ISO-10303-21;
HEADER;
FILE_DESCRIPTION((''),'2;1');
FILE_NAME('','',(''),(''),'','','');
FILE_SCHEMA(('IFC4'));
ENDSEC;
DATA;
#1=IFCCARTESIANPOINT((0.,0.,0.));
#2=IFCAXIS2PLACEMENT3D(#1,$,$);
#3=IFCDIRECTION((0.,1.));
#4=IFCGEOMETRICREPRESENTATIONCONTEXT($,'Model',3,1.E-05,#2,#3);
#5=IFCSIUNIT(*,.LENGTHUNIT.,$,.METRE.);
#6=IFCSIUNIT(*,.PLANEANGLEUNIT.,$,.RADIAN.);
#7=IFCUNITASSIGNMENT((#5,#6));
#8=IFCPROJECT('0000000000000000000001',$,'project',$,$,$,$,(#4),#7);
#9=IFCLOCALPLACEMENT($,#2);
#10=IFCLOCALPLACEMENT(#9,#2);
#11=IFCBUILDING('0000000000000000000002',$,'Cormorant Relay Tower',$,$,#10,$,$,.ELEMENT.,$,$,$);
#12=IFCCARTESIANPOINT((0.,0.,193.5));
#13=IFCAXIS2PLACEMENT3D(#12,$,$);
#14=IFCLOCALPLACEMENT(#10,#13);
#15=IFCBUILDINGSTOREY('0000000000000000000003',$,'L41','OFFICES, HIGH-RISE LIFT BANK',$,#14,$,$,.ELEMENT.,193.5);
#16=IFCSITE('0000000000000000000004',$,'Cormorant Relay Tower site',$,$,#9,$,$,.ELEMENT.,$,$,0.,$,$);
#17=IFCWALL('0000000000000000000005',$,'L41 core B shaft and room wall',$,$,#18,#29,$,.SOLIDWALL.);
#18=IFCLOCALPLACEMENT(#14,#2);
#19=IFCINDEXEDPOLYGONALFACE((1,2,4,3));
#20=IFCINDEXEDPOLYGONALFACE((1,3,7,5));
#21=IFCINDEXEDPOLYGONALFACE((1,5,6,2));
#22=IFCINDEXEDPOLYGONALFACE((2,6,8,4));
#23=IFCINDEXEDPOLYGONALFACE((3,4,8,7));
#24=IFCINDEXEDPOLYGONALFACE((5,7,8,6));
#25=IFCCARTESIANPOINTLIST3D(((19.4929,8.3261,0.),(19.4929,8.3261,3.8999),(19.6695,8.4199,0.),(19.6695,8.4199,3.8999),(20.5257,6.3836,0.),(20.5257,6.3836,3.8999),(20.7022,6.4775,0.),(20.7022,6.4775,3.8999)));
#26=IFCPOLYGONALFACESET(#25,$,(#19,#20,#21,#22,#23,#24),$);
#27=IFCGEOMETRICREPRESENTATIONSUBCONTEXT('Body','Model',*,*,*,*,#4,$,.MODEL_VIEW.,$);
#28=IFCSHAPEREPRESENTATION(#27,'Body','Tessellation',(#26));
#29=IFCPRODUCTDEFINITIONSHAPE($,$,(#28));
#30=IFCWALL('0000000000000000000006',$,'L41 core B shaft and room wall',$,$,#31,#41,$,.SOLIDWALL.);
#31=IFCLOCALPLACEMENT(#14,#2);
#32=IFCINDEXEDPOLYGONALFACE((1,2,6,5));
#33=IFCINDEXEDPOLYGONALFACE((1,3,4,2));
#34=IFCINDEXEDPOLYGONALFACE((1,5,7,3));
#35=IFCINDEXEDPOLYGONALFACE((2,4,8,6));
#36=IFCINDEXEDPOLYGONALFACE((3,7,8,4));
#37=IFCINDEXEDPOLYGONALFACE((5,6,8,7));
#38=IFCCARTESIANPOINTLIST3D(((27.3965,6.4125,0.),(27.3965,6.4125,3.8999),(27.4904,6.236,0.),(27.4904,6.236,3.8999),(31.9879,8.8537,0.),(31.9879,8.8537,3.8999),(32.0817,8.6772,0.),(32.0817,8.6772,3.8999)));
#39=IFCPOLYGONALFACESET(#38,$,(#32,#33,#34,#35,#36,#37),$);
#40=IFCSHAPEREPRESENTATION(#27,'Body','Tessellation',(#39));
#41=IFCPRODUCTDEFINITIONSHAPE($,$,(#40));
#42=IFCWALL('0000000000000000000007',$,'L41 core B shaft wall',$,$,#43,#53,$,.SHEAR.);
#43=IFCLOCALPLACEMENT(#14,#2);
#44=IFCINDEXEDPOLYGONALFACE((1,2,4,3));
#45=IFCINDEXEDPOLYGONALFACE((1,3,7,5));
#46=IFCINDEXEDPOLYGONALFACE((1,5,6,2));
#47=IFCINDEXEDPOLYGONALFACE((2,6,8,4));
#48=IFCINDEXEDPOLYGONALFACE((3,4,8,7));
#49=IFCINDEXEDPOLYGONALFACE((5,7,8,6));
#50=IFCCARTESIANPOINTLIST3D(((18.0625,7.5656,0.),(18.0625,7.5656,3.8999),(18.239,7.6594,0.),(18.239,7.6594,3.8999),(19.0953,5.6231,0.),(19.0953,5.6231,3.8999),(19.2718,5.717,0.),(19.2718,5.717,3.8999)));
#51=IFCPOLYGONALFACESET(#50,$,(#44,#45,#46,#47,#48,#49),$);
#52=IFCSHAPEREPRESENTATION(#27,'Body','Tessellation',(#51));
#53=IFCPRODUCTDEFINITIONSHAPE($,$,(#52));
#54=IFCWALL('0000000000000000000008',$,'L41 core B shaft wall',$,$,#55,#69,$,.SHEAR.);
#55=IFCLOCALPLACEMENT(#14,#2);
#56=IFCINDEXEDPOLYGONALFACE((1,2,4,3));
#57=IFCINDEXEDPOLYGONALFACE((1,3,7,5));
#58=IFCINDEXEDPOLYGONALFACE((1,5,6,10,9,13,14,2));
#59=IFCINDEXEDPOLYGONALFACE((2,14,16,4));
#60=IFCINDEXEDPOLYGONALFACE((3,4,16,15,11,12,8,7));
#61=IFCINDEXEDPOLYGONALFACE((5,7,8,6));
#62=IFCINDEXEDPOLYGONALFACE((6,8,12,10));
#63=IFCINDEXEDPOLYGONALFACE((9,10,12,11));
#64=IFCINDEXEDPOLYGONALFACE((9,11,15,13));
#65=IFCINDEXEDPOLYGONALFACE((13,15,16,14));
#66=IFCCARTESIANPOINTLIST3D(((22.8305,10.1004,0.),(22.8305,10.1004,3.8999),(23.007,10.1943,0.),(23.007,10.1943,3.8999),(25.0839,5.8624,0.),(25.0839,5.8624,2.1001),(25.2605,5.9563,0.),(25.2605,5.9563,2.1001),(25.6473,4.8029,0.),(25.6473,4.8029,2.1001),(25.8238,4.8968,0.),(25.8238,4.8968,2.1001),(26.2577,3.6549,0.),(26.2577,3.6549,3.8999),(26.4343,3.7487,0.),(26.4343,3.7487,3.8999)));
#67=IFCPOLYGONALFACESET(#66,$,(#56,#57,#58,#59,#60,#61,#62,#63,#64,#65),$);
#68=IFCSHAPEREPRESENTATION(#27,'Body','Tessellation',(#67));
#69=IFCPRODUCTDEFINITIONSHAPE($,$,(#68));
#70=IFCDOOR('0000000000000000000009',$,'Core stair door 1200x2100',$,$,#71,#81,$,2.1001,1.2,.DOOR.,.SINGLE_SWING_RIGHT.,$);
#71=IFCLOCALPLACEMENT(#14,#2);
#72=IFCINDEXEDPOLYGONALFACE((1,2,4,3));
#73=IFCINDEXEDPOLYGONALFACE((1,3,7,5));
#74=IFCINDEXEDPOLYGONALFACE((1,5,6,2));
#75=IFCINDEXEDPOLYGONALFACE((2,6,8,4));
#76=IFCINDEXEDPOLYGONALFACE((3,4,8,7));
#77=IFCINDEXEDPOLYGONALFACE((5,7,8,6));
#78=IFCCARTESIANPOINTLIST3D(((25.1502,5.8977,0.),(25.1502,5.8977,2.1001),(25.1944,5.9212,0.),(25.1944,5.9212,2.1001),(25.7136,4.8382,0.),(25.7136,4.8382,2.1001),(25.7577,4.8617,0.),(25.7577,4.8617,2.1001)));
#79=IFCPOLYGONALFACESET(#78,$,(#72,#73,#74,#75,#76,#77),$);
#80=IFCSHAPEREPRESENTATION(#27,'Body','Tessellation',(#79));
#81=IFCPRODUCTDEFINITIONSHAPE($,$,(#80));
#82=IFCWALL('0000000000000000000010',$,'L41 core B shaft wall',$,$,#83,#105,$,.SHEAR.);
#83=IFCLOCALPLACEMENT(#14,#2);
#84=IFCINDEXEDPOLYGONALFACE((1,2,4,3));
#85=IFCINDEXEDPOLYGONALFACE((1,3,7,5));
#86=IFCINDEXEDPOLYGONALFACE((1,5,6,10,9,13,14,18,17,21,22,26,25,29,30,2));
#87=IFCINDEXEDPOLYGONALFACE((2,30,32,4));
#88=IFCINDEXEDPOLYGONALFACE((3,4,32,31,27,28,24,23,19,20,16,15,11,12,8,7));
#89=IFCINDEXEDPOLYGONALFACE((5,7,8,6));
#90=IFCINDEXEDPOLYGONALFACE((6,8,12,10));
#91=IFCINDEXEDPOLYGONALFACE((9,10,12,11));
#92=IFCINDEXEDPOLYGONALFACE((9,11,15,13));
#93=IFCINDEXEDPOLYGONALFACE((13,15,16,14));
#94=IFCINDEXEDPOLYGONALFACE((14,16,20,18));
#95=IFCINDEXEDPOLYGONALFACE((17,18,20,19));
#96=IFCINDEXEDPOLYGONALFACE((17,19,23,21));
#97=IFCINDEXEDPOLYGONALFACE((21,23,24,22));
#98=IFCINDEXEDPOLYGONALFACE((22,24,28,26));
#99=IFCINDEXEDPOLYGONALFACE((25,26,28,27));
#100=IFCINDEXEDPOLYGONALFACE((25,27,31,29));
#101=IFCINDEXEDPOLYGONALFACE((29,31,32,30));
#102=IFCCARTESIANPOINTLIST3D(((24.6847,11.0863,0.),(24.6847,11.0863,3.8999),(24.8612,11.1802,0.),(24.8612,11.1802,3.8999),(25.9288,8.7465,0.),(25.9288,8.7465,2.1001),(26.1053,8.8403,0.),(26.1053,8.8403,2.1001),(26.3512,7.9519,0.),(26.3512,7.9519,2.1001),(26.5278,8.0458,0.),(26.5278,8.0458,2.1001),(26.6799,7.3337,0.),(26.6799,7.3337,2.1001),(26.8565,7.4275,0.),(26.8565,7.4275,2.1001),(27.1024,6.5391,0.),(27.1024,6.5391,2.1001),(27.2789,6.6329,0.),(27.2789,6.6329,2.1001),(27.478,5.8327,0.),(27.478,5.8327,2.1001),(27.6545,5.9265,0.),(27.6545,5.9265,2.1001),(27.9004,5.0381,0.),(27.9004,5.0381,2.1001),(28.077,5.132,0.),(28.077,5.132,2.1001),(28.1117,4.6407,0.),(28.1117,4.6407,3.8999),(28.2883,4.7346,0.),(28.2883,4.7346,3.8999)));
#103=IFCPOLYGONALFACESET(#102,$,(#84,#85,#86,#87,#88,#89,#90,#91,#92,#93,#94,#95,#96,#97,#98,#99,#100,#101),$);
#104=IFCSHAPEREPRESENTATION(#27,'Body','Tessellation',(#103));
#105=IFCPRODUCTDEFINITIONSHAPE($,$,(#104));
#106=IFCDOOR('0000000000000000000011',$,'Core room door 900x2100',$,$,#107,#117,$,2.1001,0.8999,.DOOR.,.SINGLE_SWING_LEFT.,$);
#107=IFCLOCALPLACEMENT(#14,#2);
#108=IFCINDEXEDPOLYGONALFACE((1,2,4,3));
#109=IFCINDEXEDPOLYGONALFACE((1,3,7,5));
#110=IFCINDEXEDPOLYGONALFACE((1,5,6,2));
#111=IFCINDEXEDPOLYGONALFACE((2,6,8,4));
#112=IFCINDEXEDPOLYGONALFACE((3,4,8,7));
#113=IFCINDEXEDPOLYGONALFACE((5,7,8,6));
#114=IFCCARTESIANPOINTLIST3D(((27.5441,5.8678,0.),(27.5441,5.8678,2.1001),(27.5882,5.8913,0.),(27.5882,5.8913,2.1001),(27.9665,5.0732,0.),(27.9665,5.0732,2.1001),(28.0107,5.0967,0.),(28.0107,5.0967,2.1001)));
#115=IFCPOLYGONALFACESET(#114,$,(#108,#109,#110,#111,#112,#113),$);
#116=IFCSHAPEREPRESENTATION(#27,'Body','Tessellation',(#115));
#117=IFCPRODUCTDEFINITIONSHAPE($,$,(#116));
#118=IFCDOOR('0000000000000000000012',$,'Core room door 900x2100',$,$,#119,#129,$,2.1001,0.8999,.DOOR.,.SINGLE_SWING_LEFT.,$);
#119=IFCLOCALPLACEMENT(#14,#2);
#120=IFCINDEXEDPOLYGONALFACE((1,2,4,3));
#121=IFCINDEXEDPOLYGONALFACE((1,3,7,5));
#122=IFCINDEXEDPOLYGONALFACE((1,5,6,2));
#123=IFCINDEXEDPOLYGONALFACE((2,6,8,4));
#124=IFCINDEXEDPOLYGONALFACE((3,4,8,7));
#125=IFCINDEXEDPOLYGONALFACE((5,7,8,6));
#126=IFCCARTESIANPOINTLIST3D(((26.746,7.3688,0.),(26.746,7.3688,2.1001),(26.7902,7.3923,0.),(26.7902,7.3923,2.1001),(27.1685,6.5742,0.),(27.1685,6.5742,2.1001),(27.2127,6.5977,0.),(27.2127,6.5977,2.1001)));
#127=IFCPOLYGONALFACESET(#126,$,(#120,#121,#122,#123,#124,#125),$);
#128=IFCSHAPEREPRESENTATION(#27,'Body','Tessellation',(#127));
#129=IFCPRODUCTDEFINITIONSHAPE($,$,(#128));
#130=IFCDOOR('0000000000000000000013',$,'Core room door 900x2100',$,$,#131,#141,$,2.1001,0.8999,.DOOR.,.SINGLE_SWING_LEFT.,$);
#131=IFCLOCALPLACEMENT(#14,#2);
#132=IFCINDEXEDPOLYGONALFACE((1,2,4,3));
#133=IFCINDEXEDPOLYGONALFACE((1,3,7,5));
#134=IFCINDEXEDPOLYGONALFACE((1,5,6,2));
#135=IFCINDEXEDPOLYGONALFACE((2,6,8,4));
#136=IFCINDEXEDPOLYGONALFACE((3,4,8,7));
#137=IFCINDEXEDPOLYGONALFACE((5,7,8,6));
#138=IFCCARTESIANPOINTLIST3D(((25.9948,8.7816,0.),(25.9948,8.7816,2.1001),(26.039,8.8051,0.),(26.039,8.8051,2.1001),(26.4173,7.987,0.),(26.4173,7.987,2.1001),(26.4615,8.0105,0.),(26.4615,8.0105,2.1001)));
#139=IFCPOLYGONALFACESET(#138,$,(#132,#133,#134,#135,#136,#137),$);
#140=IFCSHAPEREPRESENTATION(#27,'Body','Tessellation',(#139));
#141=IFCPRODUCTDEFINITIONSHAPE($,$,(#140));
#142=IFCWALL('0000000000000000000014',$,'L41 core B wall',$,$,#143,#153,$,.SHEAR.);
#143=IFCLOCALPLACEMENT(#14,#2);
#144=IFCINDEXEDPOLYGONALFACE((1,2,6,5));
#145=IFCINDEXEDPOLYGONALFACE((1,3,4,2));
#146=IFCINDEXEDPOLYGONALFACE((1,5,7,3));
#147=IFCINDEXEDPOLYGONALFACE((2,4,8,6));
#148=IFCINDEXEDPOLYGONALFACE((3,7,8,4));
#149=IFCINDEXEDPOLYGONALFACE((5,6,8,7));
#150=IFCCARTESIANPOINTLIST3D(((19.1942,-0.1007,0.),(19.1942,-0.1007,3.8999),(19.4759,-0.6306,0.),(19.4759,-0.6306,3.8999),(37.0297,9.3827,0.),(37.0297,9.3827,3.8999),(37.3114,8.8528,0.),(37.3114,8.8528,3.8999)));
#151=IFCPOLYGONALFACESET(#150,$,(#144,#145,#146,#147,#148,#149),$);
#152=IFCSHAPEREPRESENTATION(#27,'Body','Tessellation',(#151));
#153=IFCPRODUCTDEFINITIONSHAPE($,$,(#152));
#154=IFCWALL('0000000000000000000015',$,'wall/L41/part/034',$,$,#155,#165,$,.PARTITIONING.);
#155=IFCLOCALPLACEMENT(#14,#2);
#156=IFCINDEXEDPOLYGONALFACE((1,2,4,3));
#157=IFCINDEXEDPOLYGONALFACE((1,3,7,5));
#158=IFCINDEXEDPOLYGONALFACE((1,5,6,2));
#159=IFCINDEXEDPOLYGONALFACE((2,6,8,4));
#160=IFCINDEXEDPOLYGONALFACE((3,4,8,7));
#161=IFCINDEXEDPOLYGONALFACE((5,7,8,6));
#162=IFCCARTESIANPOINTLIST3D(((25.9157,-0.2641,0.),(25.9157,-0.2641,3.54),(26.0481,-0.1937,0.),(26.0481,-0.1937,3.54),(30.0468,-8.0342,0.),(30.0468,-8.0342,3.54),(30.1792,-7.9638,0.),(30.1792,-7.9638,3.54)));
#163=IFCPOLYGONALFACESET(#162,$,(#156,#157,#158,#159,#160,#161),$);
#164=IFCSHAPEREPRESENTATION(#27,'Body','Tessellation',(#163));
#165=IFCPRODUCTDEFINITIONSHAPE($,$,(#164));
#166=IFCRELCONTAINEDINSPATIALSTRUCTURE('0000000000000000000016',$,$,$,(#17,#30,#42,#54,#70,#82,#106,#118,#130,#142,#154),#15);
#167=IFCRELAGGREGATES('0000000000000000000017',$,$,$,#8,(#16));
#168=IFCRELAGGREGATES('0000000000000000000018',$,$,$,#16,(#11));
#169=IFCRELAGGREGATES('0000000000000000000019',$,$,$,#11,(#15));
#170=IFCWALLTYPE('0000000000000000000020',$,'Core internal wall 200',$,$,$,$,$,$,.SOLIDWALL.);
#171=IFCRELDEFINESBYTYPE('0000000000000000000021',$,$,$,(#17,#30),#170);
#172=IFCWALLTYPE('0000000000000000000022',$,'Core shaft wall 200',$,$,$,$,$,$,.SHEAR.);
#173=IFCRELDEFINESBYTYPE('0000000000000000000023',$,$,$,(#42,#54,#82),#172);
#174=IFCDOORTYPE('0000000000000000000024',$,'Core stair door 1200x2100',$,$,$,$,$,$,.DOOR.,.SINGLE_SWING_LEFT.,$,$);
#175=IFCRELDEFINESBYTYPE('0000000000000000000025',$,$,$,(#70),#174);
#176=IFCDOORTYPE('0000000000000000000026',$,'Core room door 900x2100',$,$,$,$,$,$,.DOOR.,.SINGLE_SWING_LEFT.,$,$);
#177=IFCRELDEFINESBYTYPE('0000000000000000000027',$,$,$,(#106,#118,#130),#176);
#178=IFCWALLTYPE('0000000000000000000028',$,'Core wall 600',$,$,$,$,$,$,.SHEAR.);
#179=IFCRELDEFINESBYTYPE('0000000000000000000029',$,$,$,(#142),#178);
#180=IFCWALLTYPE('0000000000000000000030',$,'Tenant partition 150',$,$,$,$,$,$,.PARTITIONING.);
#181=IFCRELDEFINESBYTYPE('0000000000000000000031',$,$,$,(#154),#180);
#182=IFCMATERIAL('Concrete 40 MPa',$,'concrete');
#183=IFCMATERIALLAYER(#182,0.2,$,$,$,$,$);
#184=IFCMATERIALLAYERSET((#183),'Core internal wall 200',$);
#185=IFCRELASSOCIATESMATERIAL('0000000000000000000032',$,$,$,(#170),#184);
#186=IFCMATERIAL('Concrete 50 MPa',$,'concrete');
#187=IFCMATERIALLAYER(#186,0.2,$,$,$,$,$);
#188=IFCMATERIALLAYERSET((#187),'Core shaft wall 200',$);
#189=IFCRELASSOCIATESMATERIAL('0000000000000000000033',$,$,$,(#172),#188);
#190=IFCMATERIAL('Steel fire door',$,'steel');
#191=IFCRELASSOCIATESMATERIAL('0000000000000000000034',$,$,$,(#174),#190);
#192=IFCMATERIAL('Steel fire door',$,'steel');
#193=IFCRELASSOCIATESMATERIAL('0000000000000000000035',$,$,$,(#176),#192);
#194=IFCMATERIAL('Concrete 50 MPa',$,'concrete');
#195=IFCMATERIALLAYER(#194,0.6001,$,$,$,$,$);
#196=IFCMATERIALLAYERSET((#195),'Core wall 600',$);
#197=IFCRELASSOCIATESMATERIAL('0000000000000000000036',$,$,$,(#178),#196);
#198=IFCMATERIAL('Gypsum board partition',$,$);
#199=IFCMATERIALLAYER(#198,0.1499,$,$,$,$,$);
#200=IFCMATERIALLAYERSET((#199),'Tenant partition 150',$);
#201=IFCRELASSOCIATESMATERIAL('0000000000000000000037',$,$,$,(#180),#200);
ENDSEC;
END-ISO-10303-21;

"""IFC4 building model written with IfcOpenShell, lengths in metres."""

from ifc_helpers import new_model, si_unit, direction, frame, frame_2d, origin, place, context, subcontext, project, spatial, rectangle, extrude, material, layer, layer_set, type_object, element, fill, save


model = new_model("IFC4")

# Units and contexts
model_context = context("Model", 3, precision=1e-05, world=origin(), true_north=direction((0.0, 1.0)))
body_context = subcontext(model_context, "Body", "Model", "MODEL_VIEW")
ifc_project = project(units=[si_unit("LENGTHUNIT", "METRE"), si_unit("PLANEANGLEUNIT", "RADIAN")], contexts=[model_context])

# Site, building, storey
site_placement = place(None, origin())
site = spatial("IfcSite", under=ifc_project, at=site_placement, Name="Cormorant Relay Tower site", CompositionType="ELEMENT", RefElevation=0.0)
building_placement = place(site_placement, origin())
building = spatial("IfcBuilding", under=site, at=building_placement, Name="Cormorant Relay Tower", CompositionType="ELEMENT")
storey_placement = place(building_placement, frame((0.0, 0.0, 193.5)))
storey = spatial("IfcBuildingStorey", under=building, at=storey_placement, Name="L41", Description="OFFICES, HIGH-RISE LIFT BANK", CompositionType="ELEMENT", Elevation=193.5)

# Walls
ifc_material_1 = material(Name="Concrete 40 MPa", Category="concrete")
ifc_layer_1 = layer(ifc_material_1, 0.2)
ifc_layer_set_1 = layer_set([ifc_layer_1], Name="Core internal wall 200")
wall_type_1 = type_object("IfcWallType", Name="Core internal wall 200", PredefinedType="SOLIDWALL", material=ifc_layer_set_1)
wall_1_placement = place(storey_placement, frame((20.614, 6.4304, 0.0), z_axis=(0.0, 0.0, 1.0), x_axis=(-0.469447, 0.88296, 0.0)))
element("IfcWall", 1, at=wall_1_placement, inside=storey, type_object=wall_type_1, Name="L41 core B shaft and room wall", PredefinedType="SOLIDWALL", context=body_context, shape_type="SweptSolid", body=[
    extrude(rectangle(XDim=2.2, YDim=0.2, at=frame_2d((1.1001, 0.0))), origin(), (0.0, 0.0, 1.0), 3.8999),
])
wall_2_placement = place(storey_placement, frame((27.4434, 6.3242, 0.0), z_axis=(0.0, 0.0, 1.0), x_axis=(0.882954, 0.46946, 0.0)))
element("IfcWall", 2, at=wall_2_placement, inside=storey, type_object=wall_type_1, Name="L41 core B shaft and room wall", PredefinedType="SOLIDWALL", context=body_context, shape_type="SweptSolid", body=[
    extrude(rectangle(XDim=5.2, YDim=0.2, at=frame_2d((2.6001, 0.0))), origin(), (0.0, 0.0, 1.0), 3.8999),
])
ifc_material_2 = material(Name="Concrete 50 MPa", Category="concrete")
ifc_layer_2 = layer(ifc_material_2, 0.2)
ifc_layer_set_2 = layer_set([ifc_layer_2], Name="Core shaft wall 200")
wall_type_2 = type_object("IfcWallType", Name="Core shaft wall 200", PredefinedType="SHEAR", material=ifc_layer_set_2)
wall_3_placement = place(storey_placement, frame((19.1836, 5.6699, 0.0), z_axis=(0.0, 0.0, 1.0), x_axis=(-0.469447, 0.88296, 0.0)))
element("IfcWall", 3, at=wall_3_placement, inside=storey, type_object=wall_type_2, Name="L41 core B shaft wall", PredefinedType="SHEAR", context=body_context, shape_type="SweptSolid", body=[
    extrude(rectangle(XDim=2.2, YDim=0.2, at=frame_2d((1.1001, 0.0))), origin(), (0.0, 0.0, 1.0), 3.8999),
])

# Wall, opening, door
wall_4_placement = place(storey_placement, frame((26.3459, 3.7019, 0.0), z_axis=(0.0, 0.0, 1.0), x_axis=(-0.46948, 0.882943, 0.0)))
wall_4 = element("IfcWall", 4, at=wall_4_placement, inside=storey, type_object=wall_type_2, Name="L41 core B shaft wall", PredefinedType="SHEAR", context=body_context, shape_type="SweptSolid", body=[
    extrude(rectangle(XDim=7.3, YDim=0.2, at=frame_2d((3.6499, 0.0))), origin(), (0.0, 0.0, 1.0), 3.8999),
])
opening_1_placement = place(wall_4_placement, frame((1.3, 0.0, 0.0)))
opening_1 = element("IfcOpeningElement", 5, at=opening_1_placement, cuts=wall_4, PredefinedType="OPENING", context=body_context, shape_type="SweptSolid", body=[
    extrude(rectangle(XDim=1.2, YDim=2.1001, at=frame_2d((0.6001, 1.05))), frame((0.0, 0.1099, 0.0), z_axis=(0.0, -1.0, 0.0), x_axis=(1.0, 0.0, 0.0)), (0.0, 0.0, 1.0), 0.22),
])
ifc_material_3 = material(Name="Steel fire door", Category="steel")
door_type_1 = type_object("IfcDoorType", Name="Core stair door 1200x2100", OperationType="SINGLE_SWING_LEFT", PredefinedType="DOOR", material=ifc_material_3)
door_1_placement = place(opening_1_placement, origin())
door_1 = element("IfcDoor", 6, at=door_1_placement, inside=storey, type_object=door_type_1, Name="Core stair door 1200x2100", OperationType="SINGLE_SWING_RIGHT", OverallHeight=2.1001, OverallWidth=1.2, PredefinedType="DOOR", context=body_context, shape_type="SweptSolid", body=[
    extrude(rectangle(XDim=1.2, YDim=2.1001, at=frame_2d((0.6001, 1.05))), frame((0.0, 0.0249, 0.0), z_axis=(0.0, -1.0, 0.0), x_axis=(1.0, 0.0, 0.0)), (0.0, 0.0, 1.0), 0.05),
])
fill(opening_1, door_1)

# Wall, openings, doors
wall_5_placement = place(storey_placement, frame((28.2, 4.6877, 0.0), z_axis=(0.0, 0.0, 1.0), x_axis=(-0.469454, 0.882957, 0.0)))
wall_5 = element("IfcWall", 7, at=wall_5_placement, inside=storey, type_object=wall_type_2, Name="L41 core B shaft wall", PredefinedType="SHEAR", context=body_context, shape_type="SweptSolid", body=[
    extrude(rectangle(XDim=7.3, YDim=0.2, at=frame_2d((3.6499, 0.0))), origin(), (0.0, 0.0, 1.0), 3.8999),
])
opening_2_placement = place(wall_5_placement, frame((0.45, 0.0, 0.0)))
opening_2 = element("IfcOpeningElement", 8, at=opening_2_placement, cuts=wall_5, PredefinedType="OPENING", context=body_context, shape_type="SweptSolid", body=[
    extrude(rectangle(XDim=0.8999, YDim=2.1001, at=frame_2d((0.45, 1.05))), frame((0.0, 0.1099, 0.0), z_axis=(0.0, -1.0, 0.0), x_axis=(1.0, 0.0, 0.0)), (0.0, 0.0, 1.0), 0.22),
])
opening_3_placement = place(wall_5_placement, frame((2.1499, 0.0, 0.0)))
opening_3 = element("IfcOpeningElement", 9, at=opening_3_placement, cuts=wall_5, PredefinedType="OPENING", context=body_context, shape_type="SweptSolid", body=[
    extrude(rectangle(XDim=0.8999, YDim=2.1001, at=frame_2d((0.45, 1.05))), frame((0.0, 0.1099, 0.0), z_axis=(0.0, -1.0, 0.0), x_axis=(1.0, 0.0, 0.0)), (0.0, 0.0, 1.0), 0.22),
])
opening_4_placement = place(wall_5_placement, frame((3.75, 0.0, 0.0)))
opening_4 = element("IfcOpeningElement", 10, at=opening_4_placement, cuts=wall_5, PredefinedType="OPENING", context=body_context, shape_type="SweptSolid", body=[
    extrude(rectangle(XDim=0.8999, YDim=2.1001, at=frame_2d((0.45, 1.05))), frame((0.0, 0.1099, 0.0), z_axis=(0.0, -1.0, 0.0), x_axis=(1.0, 0.0, 0.0)), (0.0, 0.0, 1.0), 0.22),
])
ifc_material_4 = material(Name="Steel fire door", Category="steel")
door_type_2 = type_object("IfcDoorType", Name="Core room door 900x2100", OperationType="SINGLE_SWING_LEFT", PredefinedType="DOOR", material=ifc_material_4)
door_2_placement = place(opening_2_placement, frame((0.8999, 0.0, 0.0), z_axis=(0.0, 0.0, 1.0), x_axis=(-1.0, 0.0, 0.0)))
door_2 = element("IfcDoor", 11, at=door_2_placement, inside=storey, type_object=door_type_2, Name="Core room door 900x2100", OperationType="SINGLE_SWING_LEFT", OverallHeight=2.1001, OverallWidth=0.8999, PredefinedType="DOOR", context=body_context, shape_type="SweptSolid", body=[
    extrude(rectangle(XDim=0.8999, YDim=2.1001, at=frame_2d((0.45, 1.05))), frame((0.0, 0.0249, 0.0), z_axis=(0.0, -1.0, 0.0), x_axis=(1.0, 0.0, 0.0)), (0.0, 0.0, 1.0), 0.05),
])
fill(opening_2, door_2)
door_3_placement = place(opening_3_placement, frame((0.8999, 0.0, 0.0), z_axis=(0.0, 0.0, 1.0), x_axis=(-1.0, 0.0, 0.0)))
door_3 = element("IfcDoor", 12, at=door_3_placement, inside=storey, type_object=door_type_2, Name="Core room door 900x2100", OperationType="SINGLE_SWING_LEFT", OverallHeight=2.1001, OverallWidth=0.8999, PredefinedType="DOOR", context=body_context, shape_type="SweptSolid", body=[
    extrude(rectangle(XDim=0.8999, YDim=2.1001, at=frame_2d((0.45, 1.05))), frame((0.0, 0.0249, 0.0), z_axis=(0.0, -1.0, 0.0), x_axis=(1.0, 0.0, 0.0)), (0.0, 0.0, 1.0), 0.05),
])
fill(opening_3, door_3)
door_4_placement = place(opening_4_placement, frame((0.8999, 0.0, 0.0), z_axis=(0.0, 0.0, 1.0), x_axis=(-1.0, 0.0, 0.0)))
door_4 = element("IfcDoor", 13, at=door_4_placement, inside=storey, type_object=door_type_2, Name="Core room door 900x2100", OperationType="SINGLE_SWING_LEFT", OverallHeight=2.1001, OverallWidth=0.8999, PredefinedType="DOOR", context=body_context, shape_type="SweptSolid", body=[
    extrude(rectangle(XDim=0.8999, YDim=2.1001, at=frame_2d((0.45, 1.05))), frame((0.0, 0.0249, 0.0), z_axis=(0.0, -1.0, 0.0), x_axis=(1.0, 0.0, 0.0)), (0.0, 0.0, 1.0), 0.05),
])
fill(opening_4, door_4)

# Shared definitions
ifc_material_5 = material(Name="Concrete 50 MPa", Category="concrete")
ifc_layer_3 = layer(ifc_material_5, 0.6001)
ifc_layer_set_3 = layer_set([ifc_layer_3], Name="Core wall 600")
wall_type_3 = type_object("IfcWallType", Name="Core wall 600", PredefinedType="SHEAR", material=ifc_layer_set_3)

# Walls
wall_6_placement = place(storey_placement, frame((19.335, -0.3657, 0.0), z_axis=(0.0, 0.0, 1.0), x_axis=(0.882945, 0.469476, 0.0)))
element("IfcWall", 14, at=wall_6_placement, inside=storey, type_object=wall_type_3, Name="L41 core B wall", PredefinedType="SHEAR", context=body_context, shape_type="SweptSolid", body=[
    extrude(rectangle(XDim=20.2, YDim=0.6001, at=frame_2d((10.1001, 0.0))), origin(), (0.0, 0.0, 1.0), 3.8999),
])
ifc_material_6 = material(Name="Gypsum board partition")
ifc_layer_4 = layer(ifc_material_6, 0.1499)
ifc_layer_set_4 = layer_set([ifc_layer_4], Name="Tenant partition 150")
wall_type_4 = type_object("IfcWallType", Name="Tenant partition 150", PredefinedType="PARTITIONING", material=ifc_layer_set_4)
wall_7_placement = place(storey_placement, frame((25.9819, -0.229, 0.0), z_axis=(0.0, 0.0, 1.0), x_axis=(0.469446, -0.882961, 0.0)))
element("IfcWall", 15, at=wall_7_placement, inside=storey, type_object=wall_type_4, Name="wall/L41/part/034", PredefinedType="PARTITIONING", context=body_context, shape_type="SweptSolid", body=[
    extrude(rectangle(XDim=8.8, YDim=0.1499, at=frame_2d((4.3999, 0.0))), origin(), (0.0, 0.0, 1.0), 3.54),
])

save(model, "model.ifc")
